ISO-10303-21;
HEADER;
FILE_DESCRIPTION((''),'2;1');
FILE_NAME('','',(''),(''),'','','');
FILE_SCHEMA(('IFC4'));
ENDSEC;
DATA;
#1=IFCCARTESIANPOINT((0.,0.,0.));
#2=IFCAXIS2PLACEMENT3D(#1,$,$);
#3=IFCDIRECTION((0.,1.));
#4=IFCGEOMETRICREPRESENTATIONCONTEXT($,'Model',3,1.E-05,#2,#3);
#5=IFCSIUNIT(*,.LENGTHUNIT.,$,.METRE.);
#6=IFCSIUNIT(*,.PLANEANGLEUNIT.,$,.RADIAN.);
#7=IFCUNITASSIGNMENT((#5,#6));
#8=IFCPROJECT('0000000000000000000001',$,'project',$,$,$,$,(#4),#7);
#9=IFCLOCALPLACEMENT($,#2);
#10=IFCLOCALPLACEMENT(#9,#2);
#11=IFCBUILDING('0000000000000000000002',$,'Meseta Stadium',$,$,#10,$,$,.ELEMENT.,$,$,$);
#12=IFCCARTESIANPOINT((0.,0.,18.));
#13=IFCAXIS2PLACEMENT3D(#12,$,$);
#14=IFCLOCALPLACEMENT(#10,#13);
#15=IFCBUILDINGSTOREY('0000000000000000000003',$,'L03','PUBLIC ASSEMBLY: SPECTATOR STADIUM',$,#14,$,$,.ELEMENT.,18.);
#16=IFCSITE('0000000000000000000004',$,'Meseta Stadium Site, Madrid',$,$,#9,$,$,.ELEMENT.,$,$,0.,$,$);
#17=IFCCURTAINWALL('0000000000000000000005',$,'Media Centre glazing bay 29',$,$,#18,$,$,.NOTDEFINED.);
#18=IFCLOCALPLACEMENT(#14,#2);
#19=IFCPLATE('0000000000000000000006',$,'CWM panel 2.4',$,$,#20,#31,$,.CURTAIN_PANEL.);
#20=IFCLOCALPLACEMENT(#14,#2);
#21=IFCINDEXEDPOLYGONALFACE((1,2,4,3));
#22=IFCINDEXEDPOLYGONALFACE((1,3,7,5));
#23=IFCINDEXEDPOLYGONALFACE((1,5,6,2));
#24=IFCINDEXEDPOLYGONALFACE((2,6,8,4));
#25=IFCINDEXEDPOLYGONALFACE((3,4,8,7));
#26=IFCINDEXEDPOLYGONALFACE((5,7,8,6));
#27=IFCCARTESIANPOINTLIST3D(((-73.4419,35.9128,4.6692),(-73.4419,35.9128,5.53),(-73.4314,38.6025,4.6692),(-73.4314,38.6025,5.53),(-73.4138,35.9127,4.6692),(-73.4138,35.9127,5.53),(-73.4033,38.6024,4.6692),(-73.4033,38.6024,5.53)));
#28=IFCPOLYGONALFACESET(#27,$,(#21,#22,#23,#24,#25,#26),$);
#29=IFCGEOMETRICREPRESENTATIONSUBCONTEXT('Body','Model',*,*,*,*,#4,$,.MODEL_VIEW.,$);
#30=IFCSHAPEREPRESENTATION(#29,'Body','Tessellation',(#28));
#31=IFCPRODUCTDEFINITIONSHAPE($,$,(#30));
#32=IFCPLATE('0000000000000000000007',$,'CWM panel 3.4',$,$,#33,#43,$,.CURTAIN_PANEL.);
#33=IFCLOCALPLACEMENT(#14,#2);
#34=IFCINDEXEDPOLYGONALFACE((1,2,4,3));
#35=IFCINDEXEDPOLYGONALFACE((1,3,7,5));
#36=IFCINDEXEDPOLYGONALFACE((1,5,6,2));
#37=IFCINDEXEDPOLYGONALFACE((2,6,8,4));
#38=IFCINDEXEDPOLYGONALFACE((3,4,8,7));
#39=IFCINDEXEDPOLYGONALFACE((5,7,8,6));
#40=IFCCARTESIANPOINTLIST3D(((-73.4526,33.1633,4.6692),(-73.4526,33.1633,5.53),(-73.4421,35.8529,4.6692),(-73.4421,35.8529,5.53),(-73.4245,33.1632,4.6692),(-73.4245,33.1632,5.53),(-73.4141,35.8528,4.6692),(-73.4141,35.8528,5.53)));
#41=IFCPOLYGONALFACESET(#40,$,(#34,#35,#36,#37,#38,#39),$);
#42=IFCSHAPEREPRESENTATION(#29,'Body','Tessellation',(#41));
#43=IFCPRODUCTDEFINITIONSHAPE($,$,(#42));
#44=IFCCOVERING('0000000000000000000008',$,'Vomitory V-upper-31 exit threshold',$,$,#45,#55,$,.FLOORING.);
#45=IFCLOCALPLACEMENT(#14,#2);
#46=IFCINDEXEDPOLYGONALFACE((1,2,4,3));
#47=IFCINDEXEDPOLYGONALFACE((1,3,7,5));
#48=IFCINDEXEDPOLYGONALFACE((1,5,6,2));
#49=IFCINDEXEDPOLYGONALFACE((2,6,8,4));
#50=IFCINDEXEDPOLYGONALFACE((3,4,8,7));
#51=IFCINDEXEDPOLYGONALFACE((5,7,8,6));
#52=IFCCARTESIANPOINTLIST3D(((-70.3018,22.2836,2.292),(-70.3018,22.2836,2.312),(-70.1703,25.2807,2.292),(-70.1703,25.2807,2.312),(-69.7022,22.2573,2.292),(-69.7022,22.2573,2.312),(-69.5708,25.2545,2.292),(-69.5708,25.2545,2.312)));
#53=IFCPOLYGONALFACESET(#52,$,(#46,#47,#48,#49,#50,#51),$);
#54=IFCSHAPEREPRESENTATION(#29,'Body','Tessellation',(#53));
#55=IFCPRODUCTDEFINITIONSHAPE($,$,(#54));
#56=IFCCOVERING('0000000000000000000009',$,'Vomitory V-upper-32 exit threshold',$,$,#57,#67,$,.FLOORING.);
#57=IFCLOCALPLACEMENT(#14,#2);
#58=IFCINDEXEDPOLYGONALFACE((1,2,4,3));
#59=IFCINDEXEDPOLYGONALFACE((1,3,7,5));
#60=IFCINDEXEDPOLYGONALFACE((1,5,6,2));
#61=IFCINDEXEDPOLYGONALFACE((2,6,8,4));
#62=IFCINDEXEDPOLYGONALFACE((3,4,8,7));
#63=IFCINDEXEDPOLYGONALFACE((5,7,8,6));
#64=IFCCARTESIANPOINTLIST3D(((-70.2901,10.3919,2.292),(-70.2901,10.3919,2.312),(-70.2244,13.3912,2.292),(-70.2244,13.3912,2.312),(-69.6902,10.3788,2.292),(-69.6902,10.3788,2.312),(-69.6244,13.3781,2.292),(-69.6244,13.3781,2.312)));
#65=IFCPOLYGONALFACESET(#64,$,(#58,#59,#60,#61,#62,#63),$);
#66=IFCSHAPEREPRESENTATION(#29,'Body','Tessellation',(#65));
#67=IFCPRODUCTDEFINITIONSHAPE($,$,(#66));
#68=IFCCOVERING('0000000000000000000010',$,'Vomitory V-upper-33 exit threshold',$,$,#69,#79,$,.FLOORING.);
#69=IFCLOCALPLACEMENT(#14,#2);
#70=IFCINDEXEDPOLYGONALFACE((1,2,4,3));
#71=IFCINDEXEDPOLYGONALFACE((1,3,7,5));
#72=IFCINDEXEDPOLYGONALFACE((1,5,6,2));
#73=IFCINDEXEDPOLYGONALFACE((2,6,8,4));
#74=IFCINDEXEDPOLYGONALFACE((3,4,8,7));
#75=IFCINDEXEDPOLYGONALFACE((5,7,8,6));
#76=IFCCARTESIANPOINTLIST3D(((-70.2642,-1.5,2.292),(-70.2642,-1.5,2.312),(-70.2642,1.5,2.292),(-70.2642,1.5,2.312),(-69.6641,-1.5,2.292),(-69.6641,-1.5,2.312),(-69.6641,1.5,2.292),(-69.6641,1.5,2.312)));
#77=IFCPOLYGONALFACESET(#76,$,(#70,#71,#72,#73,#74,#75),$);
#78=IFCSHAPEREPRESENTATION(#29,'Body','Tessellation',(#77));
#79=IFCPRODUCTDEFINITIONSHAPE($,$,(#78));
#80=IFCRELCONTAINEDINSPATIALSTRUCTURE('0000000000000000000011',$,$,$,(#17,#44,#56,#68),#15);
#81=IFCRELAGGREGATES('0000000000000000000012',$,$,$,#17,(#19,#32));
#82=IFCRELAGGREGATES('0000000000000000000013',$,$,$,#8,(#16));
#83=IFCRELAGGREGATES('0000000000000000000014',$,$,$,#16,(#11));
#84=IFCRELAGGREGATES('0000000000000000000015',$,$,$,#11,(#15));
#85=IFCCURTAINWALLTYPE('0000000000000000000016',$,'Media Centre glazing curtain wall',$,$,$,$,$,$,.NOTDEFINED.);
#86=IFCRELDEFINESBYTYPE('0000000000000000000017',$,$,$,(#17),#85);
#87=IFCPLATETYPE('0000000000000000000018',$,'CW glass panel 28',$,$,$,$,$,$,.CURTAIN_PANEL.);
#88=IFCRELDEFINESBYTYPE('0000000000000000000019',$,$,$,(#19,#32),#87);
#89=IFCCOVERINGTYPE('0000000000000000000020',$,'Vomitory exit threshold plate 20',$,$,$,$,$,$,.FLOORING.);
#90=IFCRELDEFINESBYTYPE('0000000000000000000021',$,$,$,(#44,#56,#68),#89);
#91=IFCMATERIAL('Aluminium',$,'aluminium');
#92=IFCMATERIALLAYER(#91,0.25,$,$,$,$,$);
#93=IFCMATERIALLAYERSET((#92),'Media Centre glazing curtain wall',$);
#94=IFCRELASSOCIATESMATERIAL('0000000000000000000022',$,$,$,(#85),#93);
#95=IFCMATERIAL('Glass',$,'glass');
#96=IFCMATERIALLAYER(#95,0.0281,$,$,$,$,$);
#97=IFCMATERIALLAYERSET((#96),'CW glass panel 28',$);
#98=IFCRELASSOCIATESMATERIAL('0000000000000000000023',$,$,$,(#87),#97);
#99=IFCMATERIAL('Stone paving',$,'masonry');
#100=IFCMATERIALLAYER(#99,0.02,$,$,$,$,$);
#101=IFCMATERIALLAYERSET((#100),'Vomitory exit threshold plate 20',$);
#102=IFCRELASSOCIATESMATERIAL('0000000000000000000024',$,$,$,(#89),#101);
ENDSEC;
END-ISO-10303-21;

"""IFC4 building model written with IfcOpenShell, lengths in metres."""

from ifc_helpers import new_model, si_unit, direction, frame, origin, origin_2d, place, context, subcontext, project, spatial, rectangle, extrude, material, layer, layer_set, type_object, element, aggregate, save


model = new_model("IFC4")

# Units and contexts
model_context = context("Model", 3, precision=1e-05, world=origin(), true_north=direction((0.0, 1.0)))
body_context = subcontext(model_context, "Body", "Model", "MODEL_VIEW")
ifc_project = project(units=[si_unit("LENGTHUNIT", "METRE"), si_unit("PLANEANGLEUNIT", "RADIAN")], contexts=[model_context])

# Site, building, storey
site_placement = place(None, origin())
site = spatial("IfcSite", under=ifc_project, at=site_placement, Name="Meseta Stadium Site, Madrid", CompositionType="ELEMENT", RefElevation=0.0)
building_placement = place(site_placement, origin())
building = spatial("IfcBuilding", under=site, at=building_placement, Name="Meseta Stadium", CompositionType="ELEMENT")
storey_placement = place(building_placement, frame((0.0, 0.0, 18.0)))
storey = spatial("IfcBuildingStorey", under=building, at=storey_placement, Name="L03", Description="PUBLIC ASSEMBLY: SPECTATOR STADIUM", CompositionType="ELEMENT", Elevation=18.0)

# Curtain wall, plates
ifc_material_1 = material(Name="Aluminium", Category="aluminium")
ifc_layer_1 = layer(ifc_material_1, 0.25)
ifc_layer_set_1 = layer_set([ifc_layer_1], Name="Media Centre glazing curtain wall")
curtain_wall_type = type_object("IfcCurtainWallType", Name="Media Centre glazing curtain wall", PredefinedType="NOTDEFINED", material=ifc_layer_set_1)
curtain_wall_placement = place(storey_placement, origin())
curtain_wall = element("IfcCurtainWall", 1, at=curtain_wall_placement, inside=storey, type_object=curtain_wall_type, Name="Media Centre glazing bay 29", PredefinedType="NOTDEFINED")
ifc_material_2 = material(Name="Glass", Category="glass")
ifc_layer_2 = layer(ifc_material_2, 0.0281)
ifc_layer_set_2 = layer_set([ifc_layer_2], Name="CW glass panel 28")
plate_type = type_object("IfcPlateType", Name="CW glass panel 28", PredefinedType="CURTAIN_PANEL", material=ifc_layer_set_2)
plate_1_placement = place(storey_placement, frame((-73.4226, 37.2576, 4.6692), z_axis=(0.0, 0.0, 1.0), x_axis=(-0.003895, -0.999992, 0.0)))
plate_1 = element("IfcPlate", 2, at=plate_1_placement, type_object=plate_type, Name="CWM panel 2.4", PredefinedType="CURTAIN_PANEL", context=body_context, shape_type="SweptSolid", body=[
    extrude(rectangle(XDim=2.6897, YDim=0.0281, at=origin_2d()), origin(), (0.0, 0.0, 1.0), 0.8608),
])
plate_2_placement = place(storey_placement, frame((-73.4333, 34.5081, 4.6692), z_axis=(0.0, 0.0, 1.0), x_axis=(-0.003895, -0.999992, 0.0)))
plate_2 = element("IfcPlate", 3, at=plate_2_placement, type_object=plate_type, Name="CWM panel 3.4", PredefinedType="CURTAIN_PANEL", context=body_context, shape_type="SweptSolid", body=[
    extrude(rectangle(XDim=2.6897, YDim=0.0281, at=origin_2d()), origin(), (0.0, 0.0, 1.0), 0.8608),
])
aggregate(curtain_wall, [plate_1, plate_2])

# Coverings
ifc_material_3 = material(Name="Stone paving", Category="masonry")
ifc_layer_3 = layer(ifc_material_3, 0.02)
ifc_layer_set_3 = layer_set([ifc_layer_3], Name="Vomitory exit threshold plate 20")
covering_type = type_object("IfcCoveringType", Name="Vomitory exit threshold plate 20", PredefinedType="FLOORING", material=ifc_layer_set_3)
for number, where, z_axis, x_axis, name in (
    (4, (-69.9363, 23.769, 2.292), (0.0, 0.0, 1.0), (0.99904, -0.043818, 0.0), "Vomitory V-upper-31 exit threshold"),
    (5, (-69.9573, 11.885, 2.292), (0.0, 0.0, 1.0), (0.99976, -0.021925, 0.0), "Vomitory V-upper-32 exit threshold"),
    (6, (-69.9641, 0.0, 2.292), (0.0, 0.0, 1.0), (1.0, 0.0, 0.0), "Vomitory V-upper-33 exit threshold"),
):
    element("IfcCovering", number, at=place(storey_placement, frame(where, z_axis=z_axis, x_axis=x_axis)), inside=storey, type_object=covering_type, Name=name, PredefinedType="FLOORING", context=body_context, shape_type="SweptSolid", body=[
        extrude(rectangle(XDim=0.6001, YDim=3.0, at=origin_2d()), origin(), (0.0, 0.0, 1.0), 0.02),
    ])

save(model, "model.ifc")
